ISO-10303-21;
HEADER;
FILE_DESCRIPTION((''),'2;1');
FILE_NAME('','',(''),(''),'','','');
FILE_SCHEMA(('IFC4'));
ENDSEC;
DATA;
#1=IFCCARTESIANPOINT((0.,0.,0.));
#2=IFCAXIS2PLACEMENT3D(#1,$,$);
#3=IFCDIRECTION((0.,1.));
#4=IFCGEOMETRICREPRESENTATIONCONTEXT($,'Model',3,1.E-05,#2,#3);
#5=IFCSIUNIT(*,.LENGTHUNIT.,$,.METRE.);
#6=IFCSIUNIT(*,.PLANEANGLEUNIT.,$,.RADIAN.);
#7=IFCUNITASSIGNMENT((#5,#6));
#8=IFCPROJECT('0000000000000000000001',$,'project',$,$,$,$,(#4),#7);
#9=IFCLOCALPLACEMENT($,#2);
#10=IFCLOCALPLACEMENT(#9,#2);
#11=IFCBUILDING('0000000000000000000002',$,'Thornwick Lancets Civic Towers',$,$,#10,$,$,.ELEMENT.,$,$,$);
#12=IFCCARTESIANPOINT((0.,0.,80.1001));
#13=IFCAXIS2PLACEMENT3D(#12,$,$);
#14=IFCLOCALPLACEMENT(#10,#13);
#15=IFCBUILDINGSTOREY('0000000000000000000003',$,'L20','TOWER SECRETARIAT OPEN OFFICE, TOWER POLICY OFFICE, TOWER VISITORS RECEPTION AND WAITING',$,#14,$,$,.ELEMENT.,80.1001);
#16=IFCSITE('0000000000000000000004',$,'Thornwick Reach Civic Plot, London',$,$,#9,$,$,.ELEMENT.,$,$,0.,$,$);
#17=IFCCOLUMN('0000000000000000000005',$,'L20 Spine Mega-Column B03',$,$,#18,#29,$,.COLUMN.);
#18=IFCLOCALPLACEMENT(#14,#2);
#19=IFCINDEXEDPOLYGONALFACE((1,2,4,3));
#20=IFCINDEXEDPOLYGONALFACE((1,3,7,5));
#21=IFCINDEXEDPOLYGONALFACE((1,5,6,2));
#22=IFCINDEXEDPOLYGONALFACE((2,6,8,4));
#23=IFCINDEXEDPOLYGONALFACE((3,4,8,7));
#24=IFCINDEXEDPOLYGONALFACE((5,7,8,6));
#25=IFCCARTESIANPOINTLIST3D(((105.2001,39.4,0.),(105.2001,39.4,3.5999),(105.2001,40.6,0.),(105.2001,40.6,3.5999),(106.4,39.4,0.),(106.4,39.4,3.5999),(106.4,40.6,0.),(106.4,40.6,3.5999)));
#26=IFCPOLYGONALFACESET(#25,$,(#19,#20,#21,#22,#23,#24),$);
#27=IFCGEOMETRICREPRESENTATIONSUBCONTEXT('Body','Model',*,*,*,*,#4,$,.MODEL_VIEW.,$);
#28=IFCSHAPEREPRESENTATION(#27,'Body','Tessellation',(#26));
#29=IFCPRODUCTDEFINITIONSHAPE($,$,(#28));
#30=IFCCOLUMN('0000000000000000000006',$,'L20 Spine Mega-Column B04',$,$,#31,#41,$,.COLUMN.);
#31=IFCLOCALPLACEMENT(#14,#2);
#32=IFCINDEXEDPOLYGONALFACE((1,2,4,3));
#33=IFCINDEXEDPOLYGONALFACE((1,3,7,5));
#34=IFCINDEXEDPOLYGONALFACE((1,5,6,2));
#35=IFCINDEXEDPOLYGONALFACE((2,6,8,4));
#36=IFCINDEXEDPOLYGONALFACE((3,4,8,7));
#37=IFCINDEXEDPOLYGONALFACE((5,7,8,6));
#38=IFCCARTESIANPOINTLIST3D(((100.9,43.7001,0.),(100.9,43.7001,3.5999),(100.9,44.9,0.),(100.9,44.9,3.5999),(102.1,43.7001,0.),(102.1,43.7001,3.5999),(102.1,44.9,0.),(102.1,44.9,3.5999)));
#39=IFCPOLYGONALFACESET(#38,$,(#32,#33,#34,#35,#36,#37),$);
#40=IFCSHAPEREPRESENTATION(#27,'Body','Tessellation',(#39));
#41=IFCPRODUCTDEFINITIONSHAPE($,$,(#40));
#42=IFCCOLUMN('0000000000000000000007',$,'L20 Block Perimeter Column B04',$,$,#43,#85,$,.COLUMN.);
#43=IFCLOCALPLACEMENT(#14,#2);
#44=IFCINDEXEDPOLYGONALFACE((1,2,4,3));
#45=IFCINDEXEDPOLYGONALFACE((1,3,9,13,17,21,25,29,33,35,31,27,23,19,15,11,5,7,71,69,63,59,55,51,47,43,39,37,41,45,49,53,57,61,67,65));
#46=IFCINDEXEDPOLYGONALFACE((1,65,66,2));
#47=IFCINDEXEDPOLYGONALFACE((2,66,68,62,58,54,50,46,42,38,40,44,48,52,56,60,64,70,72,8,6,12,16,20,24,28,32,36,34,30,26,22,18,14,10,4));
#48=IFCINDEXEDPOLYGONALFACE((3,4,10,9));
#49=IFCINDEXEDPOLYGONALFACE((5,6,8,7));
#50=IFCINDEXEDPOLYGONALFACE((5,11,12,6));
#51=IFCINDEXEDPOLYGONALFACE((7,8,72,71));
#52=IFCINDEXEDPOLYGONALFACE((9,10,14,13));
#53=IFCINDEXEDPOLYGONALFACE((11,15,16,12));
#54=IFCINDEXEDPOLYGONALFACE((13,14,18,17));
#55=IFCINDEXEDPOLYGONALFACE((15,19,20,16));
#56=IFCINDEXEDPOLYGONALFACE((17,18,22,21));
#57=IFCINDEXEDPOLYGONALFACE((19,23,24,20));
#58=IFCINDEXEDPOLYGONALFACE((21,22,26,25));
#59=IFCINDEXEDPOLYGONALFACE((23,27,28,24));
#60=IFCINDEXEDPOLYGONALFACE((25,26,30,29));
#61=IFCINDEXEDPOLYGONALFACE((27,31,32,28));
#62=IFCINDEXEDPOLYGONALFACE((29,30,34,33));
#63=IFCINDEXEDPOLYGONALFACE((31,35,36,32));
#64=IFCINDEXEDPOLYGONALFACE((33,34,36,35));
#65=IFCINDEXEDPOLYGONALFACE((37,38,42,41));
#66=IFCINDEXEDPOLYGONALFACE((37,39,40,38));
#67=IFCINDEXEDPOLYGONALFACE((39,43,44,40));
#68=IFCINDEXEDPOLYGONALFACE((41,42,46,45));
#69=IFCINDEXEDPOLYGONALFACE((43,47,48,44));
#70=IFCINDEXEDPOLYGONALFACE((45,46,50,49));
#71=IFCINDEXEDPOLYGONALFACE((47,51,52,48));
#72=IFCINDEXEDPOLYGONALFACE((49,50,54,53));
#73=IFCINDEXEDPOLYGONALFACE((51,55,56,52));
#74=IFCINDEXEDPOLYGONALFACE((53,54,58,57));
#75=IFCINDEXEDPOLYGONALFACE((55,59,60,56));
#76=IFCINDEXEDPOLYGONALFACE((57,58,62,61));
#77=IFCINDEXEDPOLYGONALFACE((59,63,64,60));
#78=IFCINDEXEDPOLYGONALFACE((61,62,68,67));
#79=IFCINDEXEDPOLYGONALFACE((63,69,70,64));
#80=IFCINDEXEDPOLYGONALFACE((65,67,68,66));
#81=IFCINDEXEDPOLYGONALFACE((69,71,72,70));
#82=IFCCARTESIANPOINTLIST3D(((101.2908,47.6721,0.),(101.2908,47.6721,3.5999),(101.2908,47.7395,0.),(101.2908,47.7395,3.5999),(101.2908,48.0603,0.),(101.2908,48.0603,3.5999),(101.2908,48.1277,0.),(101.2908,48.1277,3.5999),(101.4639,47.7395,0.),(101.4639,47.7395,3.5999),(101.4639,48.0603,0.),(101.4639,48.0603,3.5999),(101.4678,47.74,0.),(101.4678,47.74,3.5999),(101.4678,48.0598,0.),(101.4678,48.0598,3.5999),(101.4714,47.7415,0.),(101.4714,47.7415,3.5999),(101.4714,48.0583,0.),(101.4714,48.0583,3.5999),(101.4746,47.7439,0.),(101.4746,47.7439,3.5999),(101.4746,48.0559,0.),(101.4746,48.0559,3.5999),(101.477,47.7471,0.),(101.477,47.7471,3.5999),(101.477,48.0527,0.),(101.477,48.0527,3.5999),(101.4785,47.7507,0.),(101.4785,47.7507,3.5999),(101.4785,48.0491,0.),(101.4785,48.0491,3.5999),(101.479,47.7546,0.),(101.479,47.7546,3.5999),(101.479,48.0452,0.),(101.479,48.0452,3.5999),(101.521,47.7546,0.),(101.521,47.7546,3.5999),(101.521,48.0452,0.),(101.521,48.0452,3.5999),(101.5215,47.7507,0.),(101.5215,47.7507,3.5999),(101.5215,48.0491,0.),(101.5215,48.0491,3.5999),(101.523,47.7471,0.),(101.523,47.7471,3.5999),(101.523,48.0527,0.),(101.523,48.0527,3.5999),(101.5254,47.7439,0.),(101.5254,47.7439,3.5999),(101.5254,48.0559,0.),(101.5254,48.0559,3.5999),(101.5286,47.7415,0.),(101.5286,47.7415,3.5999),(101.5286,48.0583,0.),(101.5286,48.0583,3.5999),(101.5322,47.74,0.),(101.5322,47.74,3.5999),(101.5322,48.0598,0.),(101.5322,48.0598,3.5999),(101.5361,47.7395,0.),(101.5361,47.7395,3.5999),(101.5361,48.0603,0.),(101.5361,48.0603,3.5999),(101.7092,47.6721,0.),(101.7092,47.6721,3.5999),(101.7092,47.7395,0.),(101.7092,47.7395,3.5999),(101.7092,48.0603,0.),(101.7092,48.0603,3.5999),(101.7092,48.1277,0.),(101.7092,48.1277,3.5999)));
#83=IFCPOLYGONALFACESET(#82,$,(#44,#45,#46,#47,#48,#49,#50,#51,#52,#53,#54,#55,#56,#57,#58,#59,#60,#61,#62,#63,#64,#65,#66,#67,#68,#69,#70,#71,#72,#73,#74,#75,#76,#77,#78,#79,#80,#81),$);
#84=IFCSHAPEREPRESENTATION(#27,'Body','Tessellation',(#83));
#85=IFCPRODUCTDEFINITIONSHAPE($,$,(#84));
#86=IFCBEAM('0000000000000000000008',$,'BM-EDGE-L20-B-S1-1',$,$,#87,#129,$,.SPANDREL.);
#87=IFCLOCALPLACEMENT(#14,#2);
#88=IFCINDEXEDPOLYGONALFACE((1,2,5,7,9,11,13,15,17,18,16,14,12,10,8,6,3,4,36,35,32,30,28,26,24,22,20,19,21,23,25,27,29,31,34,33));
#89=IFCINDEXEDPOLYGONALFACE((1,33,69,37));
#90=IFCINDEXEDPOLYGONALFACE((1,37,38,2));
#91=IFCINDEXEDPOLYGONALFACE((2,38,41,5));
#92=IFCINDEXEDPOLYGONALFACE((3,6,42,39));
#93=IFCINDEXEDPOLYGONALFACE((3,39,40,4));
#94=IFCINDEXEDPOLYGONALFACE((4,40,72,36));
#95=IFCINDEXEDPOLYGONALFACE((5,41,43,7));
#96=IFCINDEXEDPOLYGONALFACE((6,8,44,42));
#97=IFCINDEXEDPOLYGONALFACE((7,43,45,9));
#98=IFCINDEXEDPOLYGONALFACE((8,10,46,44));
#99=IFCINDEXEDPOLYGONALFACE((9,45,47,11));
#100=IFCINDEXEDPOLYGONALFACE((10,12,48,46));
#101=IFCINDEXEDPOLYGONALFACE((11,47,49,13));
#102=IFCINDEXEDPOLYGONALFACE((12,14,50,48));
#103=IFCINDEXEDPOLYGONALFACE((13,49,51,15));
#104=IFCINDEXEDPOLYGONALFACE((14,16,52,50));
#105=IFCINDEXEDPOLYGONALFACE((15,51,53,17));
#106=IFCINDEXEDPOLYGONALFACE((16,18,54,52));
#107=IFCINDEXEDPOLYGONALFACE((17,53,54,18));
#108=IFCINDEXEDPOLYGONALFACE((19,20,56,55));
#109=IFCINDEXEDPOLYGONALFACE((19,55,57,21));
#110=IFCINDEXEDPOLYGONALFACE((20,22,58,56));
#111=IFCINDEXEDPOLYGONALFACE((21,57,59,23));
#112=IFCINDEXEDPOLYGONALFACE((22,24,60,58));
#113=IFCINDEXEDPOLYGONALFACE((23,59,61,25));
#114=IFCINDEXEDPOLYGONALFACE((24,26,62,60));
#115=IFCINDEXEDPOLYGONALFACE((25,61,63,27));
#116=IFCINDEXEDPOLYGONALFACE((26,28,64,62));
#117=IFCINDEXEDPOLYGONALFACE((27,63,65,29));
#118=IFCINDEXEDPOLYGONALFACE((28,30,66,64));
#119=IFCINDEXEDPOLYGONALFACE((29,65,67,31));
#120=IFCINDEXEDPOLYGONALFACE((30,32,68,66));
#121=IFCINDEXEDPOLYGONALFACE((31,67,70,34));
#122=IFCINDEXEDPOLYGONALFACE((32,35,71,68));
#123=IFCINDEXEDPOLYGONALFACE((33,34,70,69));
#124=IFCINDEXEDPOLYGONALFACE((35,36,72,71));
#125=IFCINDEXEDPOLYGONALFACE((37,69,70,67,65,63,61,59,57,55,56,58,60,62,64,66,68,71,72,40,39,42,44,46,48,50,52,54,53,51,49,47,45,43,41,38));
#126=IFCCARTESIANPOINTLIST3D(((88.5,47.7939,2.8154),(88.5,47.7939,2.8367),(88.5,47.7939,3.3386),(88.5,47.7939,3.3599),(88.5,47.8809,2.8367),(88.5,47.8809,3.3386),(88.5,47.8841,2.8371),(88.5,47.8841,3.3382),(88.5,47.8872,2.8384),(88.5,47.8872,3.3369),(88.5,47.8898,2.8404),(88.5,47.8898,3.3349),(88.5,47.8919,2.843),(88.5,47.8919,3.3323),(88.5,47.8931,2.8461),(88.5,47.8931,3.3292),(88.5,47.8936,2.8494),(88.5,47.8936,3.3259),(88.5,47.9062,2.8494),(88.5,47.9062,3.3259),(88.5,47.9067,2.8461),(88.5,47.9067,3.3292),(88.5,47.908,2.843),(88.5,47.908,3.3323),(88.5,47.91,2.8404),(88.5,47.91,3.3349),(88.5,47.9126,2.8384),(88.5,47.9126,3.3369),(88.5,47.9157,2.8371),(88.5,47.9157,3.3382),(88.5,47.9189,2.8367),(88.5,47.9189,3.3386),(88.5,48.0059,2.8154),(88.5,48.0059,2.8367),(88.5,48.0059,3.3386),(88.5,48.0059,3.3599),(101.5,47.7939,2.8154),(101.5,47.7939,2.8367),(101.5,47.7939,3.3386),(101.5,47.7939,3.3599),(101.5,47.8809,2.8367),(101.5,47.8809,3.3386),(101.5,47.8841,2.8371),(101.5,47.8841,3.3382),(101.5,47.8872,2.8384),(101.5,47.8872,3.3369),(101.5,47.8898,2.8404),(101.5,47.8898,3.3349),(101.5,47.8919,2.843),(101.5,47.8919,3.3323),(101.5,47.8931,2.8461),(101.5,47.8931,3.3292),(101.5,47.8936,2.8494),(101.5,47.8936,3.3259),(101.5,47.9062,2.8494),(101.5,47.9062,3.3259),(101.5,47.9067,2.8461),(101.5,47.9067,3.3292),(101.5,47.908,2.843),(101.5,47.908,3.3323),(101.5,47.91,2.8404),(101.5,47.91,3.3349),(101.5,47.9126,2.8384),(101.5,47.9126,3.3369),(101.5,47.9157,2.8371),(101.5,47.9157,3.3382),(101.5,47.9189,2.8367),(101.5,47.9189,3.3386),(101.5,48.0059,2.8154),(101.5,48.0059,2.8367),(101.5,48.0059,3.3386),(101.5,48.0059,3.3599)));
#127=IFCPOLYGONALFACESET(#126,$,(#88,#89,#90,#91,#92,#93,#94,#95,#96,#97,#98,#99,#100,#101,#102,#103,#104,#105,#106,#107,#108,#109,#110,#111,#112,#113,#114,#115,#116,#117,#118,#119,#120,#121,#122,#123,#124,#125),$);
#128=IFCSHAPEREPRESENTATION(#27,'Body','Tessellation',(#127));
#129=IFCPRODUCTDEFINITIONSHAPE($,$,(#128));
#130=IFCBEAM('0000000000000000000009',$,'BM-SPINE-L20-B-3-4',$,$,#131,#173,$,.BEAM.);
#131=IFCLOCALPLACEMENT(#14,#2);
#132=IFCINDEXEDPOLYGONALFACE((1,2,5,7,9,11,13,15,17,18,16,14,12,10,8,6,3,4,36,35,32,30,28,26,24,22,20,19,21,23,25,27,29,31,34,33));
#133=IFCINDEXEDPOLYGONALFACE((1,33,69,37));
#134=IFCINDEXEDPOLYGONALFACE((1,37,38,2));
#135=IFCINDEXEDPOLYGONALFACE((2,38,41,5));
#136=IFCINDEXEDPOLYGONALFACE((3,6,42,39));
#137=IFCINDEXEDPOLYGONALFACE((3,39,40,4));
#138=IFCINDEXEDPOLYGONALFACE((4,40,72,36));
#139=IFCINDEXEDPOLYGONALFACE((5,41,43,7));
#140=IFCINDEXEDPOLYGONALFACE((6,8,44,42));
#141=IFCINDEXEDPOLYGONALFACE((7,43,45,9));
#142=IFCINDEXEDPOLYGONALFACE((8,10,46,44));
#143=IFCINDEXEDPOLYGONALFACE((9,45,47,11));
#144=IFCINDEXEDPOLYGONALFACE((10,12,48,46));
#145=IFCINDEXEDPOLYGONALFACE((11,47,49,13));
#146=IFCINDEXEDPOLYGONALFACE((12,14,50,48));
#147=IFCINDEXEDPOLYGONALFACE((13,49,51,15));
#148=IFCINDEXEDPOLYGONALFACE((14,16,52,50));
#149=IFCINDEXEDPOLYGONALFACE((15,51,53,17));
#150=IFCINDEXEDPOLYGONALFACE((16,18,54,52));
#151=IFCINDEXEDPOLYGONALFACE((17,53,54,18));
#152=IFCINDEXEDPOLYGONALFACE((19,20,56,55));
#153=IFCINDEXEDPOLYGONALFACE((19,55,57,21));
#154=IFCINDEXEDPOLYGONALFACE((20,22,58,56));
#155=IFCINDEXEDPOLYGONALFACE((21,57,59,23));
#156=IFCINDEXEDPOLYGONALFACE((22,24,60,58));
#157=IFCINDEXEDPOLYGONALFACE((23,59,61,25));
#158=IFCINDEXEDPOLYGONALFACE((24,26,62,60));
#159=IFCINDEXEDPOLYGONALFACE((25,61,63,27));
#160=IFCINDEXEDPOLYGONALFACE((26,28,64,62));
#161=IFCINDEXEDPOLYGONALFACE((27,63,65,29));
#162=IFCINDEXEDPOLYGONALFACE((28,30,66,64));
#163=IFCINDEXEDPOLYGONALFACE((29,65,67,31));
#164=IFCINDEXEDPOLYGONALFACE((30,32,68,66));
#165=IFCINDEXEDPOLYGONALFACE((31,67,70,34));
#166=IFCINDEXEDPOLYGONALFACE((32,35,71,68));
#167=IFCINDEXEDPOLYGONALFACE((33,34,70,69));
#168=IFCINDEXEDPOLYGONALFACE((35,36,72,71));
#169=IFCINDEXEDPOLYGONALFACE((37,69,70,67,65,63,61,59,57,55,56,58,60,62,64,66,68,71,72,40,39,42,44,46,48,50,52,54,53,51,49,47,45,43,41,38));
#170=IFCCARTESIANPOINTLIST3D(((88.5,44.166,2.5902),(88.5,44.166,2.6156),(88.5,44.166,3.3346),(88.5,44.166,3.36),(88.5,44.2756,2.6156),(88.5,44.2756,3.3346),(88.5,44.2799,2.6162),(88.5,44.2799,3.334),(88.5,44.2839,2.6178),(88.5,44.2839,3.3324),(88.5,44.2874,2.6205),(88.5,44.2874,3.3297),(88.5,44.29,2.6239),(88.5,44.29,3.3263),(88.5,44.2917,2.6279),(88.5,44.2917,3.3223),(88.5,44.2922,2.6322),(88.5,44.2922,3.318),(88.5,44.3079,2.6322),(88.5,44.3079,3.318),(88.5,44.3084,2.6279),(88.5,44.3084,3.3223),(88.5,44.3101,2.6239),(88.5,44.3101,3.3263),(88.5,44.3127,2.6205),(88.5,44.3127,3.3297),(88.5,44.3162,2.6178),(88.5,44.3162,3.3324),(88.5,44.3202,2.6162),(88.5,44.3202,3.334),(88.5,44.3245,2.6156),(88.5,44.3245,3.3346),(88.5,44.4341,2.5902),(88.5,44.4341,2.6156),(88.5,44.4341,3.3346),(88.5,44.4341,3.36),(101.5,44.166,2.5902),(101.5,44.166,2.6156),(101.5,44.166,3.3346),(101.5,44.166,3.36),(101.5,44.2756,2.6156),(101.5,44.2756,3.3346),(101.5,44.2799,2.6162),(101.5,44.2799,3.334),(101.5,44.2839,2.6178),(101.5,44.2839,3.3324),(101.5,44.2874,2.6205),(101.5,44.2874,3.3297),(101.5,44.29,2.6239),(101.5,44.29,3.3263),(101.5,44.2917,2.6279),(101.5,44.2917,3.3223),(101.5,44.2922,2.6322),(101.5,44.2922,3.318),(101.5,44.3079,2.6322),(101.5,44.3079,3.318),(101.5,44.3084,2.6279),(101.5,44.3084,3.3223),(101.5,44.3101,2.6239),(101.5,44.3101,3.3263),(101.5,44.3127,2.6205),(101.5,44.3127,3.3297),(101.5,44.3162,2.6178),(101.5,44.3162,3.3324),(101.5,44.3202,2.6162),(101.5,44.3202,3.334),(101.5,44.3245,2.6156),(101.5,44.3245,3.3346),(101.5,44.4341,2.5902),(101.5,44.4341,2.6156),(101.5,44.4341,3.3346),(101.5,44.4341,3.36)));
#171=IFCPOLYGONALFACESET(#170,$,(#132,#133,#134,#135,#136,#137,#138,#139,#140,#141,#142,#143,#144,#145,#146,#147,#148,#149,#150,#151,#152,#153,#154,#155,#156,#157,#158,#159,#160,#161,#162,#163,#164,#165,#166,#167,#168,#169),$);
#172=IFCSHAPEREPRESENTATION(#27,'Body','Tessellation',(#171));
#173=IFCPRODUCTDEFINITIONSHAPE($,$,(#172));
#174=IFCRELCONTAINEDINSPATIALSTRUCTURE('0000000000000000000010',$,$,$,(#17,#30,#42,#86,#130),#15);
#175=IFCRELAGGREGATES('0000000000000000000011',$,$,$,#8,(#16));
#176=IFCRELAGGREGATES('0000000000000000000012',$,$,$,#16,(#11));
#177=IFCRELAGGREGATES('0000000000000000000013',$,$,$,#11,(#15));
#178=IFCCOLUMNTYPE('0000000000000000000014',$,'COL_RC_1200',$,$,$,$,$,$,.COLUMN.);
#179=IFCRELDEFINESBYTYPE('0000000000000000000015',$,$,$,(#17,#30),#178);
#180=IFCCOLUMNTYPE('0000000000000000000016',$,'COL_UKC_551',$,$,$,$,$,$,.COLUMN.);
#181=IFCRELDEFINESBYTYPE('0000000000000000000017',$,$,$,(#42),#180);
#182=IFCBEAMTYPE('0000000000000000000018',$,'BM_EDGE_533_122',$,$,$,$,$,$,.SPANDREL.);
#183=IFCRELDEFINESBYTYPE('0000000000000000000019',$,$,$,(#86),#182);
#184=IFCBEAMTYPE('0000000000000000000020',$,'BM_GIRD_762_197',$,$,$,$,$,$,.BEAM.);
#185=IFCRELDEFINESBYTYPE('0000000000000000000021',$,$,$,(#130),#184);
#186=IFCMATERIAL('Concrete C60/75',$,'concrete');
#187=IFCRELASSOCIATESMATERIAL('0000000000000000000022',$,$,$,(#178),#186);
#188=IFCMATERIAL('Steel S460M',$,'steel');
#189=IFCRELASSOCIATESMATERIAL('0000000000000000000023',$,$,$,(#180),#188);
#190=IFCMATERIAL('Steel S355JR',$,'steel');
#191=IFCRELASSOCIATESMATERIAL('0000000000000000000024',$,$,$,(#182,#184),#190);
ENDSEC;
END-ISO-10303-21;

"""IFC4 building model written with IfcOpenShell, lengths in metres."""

from ifc_helpers import new_model, si_unit, direction, frame, origin, origin_2d, place, context, subcontext, project, spatial, rectangle, i_section, extrude, material, material_profile, profile_set, type_object, element, save


model = new_model("IFC4")

# Units and contexts
model_context = context("Model", 3, precision=1e-05, world=origin(), true_north=direction((0.0, 1.0)))
body_context = subcontext(model_context, "Body", "Model", "MODEL_VIEW")
ifc_project = project(units=[si_unit("LENGTHUNIT", "METRE"), si_unit("PLANEANGLEUNIT", "RADIAN")], contexts=[model_context])

# Site, building, storey
site_placement = place(None, origin())
site = spatial("IfcSite", under=ifc_project, at=site_placement, Name="Thornwick Reach Civic Plot, London", CompositionType="ELEMENT", RefElevation=0.0)
building_placement = place(site_placement, origin())
building = spatial("IfcBuilding", under=site, at=building_placement, Name="Thornwick Lancets Civic Towers", CompositionType="ELEMENT")
storey_placement = place(building_placement, frame((0.0, 0.0, 80.1001)))
storey = spatial("IfcBuildingStorey", under=building, at=storey_placement, Name="L20", Description="TOWER SECRETARIAT OPEN OFFICE, TOWER POLICY OFFICE, TOWER VISITORS RECEPTION AND WAITING", CompositionType="ELEMENT", Elevation=80.1001)

# Columns
ifc_material_1 = material(Name="Concrete C60/75", Category="concrete")
ifc_material_profile_1 = material_profile(ifc_material_1, rectangle(XDim=1.2, YDim=1.2, at=origin_2d()), Name="RC 1200x1200")
ifc_profile_set_1 = profile_set([ifc_material_profile_1], Name="Concrete C60/75")
column_type_1 = type_object("IfcColumnType", Name="COL_RC_1200", PredefinedType="COLUMN", material=ifc_profile_set_1)
for number, where, z_axis, x_axis, name in (
    (1, (105.8, 40.0, 0.0), (0.0, 0.0, 1.0), (1.0, 0.0, 0.0), "L20 Spine Mega-Column B03"),
    (2, (101.5, 44.3, 0.0), (0.0, 0.0, 1.0), (1.0, 0.0, 0.0), "L20 Spine Mega-Column B04"),
):
    element("IfcColumn", number, at=place(storey_placement, frame(where, z_axis=z_axis, x_axis=x_axis)), inside=storey, type_object=column_type_1, Name=name, PredefinedType="COLUMN", context=body_context, shape_type="SweptSolid", body=[
        extrude(rectangle(XDim=1.2, YDim=1.2, at=origin_2d()), origin(), (0.0, 0.0, 1.0), 3.5999),
    ])
ifc_material_2 = material(Name="Steel S460M", Category="steel")
ifc_material_profile_2 = material_profile(ifc_material_2, i_section(OverallWidth=0.4185, OverallDepth=0.4556, WebThickness=0.042, FlangeThickness=0.0674, FilletRadius=0.0151, at=origin_2d()), Name="UKC 356x406x551")
ifc_profile_set_2 = profile_set([ifc_material_profile_2], Name="Steel S460M")
column_type_2 = type_object("IfcColumnType", Name="COL_UKC_551", PredefinedType="COLUMN", material=ifc_profile_set_2)
column_placement = place(storey_placement, frame((101.5, 47.8999, 0.0), z_axis=(0.0, 0.0, 1.0), x_axis=(1.0, 0.0, 0.0)))
element("IfcColumn", 3, at=column_placement, inside=storey, type_object=column_type_2, Name="L20 Block Perimeter Column B04", PredefinedType="COLUMN", context=body_context, shape_type="SweptSolid", body=[
    extrude(i_section(OverallWidth=0.4185, OverallDepth=0.4556, WebThickness=0.042, FlangeThickness=0.0674, FilletRadius=0.0151, at=origin_2d()), origin(), (0.0, 0.0, 1.0), 3.5999),
])

# Beams
ifc_material_3 = material(Name="Steel S355JR", Category="steel")
ifc_material_profile_3 = material_profile(ifc_material_3, i_section(OverallWidth=0.2119, OverallDepth=0.5444, WebThickness=0.0127, FlangeThickness=0.0212, FilletRadius=0.0127, at=origin_2d()), Name="UKB 533x210x122")
ifc_profile_set_3 = profile_set([ifc_material_profile_3], Name="Steel S355JR")
beam_type_1 = type_object("IfcBeamType", Name="BM_EDGE_533_122", PredefinedType="SPANDREL", material=ifc_profile_set_3)
beam_1_placement = place(storey_placement, frame((101.5, 47.8999, 3.0876), z_axis=(-1.0, 0.0, 0.0), x_axis=(0.0, -1.0, 0.0)))
element("IfcBeam", 4, at=beam_1_placement, inside=storey, type_object=beam_type_1, Name="BM-EDGE-L20-B-S1-1", PredefinedType="SPANDREL", context=body_context, shape_type="SweptSolid", body=[
    extrude(i_section(OverallWidth=0.2119, OverallDepth=0.5444, WebThickness=0.0127, FlangeThickness=0.0212, FilletRadius=0.0127, at=origin_2d()), origin(), (0.0, 0.0, 1.0), 13.0),
])
ifc_material_profile_4 = material_profile(ifc_material_3, i_section(OverallWidth=0.2681, OverallDepth=0.7698, WebThickness=0.0156, FlangeThickness=0.0254, FilletRadius=0.0166, at=origin_2d()), Name="UKB 762x267x197")
ifc_profile_set_4 = profile_set([ifc_material_profile_4], Name="Steel S355JR")
beam_type_2 = type_object("IfcBeamType", Name="BM_GIRD_762_197", PredefinedType="BEAM", material=ifc_profile_set_4)
beam_2_placement = place(storey_placement, frame((101.5, 44.3, 2.9751), z_axis=(-1.0, 0.0, 0.0), x_axis=(0.0, -1.0, 0.0)))
element("IfcBeam", 5, at=beam_2_placement, inside=storey, type_object=beam_type_2, Name="BM-SPINE-L20-B-3-4", PredefinedType="BEAM", context=body_context, shape_type="SweptSolid", body=[
    extrude(i_section(OverallWidth=0.2681, OverallDepth=0.7698, WebThickness=0.0156, FlangeThickness=0.0254, FilletRadius=0.0166, at=origin_2d()), origin(), (0.0, 0.0, 1.0), 13.0),
])

save(model, "model.ifc")
